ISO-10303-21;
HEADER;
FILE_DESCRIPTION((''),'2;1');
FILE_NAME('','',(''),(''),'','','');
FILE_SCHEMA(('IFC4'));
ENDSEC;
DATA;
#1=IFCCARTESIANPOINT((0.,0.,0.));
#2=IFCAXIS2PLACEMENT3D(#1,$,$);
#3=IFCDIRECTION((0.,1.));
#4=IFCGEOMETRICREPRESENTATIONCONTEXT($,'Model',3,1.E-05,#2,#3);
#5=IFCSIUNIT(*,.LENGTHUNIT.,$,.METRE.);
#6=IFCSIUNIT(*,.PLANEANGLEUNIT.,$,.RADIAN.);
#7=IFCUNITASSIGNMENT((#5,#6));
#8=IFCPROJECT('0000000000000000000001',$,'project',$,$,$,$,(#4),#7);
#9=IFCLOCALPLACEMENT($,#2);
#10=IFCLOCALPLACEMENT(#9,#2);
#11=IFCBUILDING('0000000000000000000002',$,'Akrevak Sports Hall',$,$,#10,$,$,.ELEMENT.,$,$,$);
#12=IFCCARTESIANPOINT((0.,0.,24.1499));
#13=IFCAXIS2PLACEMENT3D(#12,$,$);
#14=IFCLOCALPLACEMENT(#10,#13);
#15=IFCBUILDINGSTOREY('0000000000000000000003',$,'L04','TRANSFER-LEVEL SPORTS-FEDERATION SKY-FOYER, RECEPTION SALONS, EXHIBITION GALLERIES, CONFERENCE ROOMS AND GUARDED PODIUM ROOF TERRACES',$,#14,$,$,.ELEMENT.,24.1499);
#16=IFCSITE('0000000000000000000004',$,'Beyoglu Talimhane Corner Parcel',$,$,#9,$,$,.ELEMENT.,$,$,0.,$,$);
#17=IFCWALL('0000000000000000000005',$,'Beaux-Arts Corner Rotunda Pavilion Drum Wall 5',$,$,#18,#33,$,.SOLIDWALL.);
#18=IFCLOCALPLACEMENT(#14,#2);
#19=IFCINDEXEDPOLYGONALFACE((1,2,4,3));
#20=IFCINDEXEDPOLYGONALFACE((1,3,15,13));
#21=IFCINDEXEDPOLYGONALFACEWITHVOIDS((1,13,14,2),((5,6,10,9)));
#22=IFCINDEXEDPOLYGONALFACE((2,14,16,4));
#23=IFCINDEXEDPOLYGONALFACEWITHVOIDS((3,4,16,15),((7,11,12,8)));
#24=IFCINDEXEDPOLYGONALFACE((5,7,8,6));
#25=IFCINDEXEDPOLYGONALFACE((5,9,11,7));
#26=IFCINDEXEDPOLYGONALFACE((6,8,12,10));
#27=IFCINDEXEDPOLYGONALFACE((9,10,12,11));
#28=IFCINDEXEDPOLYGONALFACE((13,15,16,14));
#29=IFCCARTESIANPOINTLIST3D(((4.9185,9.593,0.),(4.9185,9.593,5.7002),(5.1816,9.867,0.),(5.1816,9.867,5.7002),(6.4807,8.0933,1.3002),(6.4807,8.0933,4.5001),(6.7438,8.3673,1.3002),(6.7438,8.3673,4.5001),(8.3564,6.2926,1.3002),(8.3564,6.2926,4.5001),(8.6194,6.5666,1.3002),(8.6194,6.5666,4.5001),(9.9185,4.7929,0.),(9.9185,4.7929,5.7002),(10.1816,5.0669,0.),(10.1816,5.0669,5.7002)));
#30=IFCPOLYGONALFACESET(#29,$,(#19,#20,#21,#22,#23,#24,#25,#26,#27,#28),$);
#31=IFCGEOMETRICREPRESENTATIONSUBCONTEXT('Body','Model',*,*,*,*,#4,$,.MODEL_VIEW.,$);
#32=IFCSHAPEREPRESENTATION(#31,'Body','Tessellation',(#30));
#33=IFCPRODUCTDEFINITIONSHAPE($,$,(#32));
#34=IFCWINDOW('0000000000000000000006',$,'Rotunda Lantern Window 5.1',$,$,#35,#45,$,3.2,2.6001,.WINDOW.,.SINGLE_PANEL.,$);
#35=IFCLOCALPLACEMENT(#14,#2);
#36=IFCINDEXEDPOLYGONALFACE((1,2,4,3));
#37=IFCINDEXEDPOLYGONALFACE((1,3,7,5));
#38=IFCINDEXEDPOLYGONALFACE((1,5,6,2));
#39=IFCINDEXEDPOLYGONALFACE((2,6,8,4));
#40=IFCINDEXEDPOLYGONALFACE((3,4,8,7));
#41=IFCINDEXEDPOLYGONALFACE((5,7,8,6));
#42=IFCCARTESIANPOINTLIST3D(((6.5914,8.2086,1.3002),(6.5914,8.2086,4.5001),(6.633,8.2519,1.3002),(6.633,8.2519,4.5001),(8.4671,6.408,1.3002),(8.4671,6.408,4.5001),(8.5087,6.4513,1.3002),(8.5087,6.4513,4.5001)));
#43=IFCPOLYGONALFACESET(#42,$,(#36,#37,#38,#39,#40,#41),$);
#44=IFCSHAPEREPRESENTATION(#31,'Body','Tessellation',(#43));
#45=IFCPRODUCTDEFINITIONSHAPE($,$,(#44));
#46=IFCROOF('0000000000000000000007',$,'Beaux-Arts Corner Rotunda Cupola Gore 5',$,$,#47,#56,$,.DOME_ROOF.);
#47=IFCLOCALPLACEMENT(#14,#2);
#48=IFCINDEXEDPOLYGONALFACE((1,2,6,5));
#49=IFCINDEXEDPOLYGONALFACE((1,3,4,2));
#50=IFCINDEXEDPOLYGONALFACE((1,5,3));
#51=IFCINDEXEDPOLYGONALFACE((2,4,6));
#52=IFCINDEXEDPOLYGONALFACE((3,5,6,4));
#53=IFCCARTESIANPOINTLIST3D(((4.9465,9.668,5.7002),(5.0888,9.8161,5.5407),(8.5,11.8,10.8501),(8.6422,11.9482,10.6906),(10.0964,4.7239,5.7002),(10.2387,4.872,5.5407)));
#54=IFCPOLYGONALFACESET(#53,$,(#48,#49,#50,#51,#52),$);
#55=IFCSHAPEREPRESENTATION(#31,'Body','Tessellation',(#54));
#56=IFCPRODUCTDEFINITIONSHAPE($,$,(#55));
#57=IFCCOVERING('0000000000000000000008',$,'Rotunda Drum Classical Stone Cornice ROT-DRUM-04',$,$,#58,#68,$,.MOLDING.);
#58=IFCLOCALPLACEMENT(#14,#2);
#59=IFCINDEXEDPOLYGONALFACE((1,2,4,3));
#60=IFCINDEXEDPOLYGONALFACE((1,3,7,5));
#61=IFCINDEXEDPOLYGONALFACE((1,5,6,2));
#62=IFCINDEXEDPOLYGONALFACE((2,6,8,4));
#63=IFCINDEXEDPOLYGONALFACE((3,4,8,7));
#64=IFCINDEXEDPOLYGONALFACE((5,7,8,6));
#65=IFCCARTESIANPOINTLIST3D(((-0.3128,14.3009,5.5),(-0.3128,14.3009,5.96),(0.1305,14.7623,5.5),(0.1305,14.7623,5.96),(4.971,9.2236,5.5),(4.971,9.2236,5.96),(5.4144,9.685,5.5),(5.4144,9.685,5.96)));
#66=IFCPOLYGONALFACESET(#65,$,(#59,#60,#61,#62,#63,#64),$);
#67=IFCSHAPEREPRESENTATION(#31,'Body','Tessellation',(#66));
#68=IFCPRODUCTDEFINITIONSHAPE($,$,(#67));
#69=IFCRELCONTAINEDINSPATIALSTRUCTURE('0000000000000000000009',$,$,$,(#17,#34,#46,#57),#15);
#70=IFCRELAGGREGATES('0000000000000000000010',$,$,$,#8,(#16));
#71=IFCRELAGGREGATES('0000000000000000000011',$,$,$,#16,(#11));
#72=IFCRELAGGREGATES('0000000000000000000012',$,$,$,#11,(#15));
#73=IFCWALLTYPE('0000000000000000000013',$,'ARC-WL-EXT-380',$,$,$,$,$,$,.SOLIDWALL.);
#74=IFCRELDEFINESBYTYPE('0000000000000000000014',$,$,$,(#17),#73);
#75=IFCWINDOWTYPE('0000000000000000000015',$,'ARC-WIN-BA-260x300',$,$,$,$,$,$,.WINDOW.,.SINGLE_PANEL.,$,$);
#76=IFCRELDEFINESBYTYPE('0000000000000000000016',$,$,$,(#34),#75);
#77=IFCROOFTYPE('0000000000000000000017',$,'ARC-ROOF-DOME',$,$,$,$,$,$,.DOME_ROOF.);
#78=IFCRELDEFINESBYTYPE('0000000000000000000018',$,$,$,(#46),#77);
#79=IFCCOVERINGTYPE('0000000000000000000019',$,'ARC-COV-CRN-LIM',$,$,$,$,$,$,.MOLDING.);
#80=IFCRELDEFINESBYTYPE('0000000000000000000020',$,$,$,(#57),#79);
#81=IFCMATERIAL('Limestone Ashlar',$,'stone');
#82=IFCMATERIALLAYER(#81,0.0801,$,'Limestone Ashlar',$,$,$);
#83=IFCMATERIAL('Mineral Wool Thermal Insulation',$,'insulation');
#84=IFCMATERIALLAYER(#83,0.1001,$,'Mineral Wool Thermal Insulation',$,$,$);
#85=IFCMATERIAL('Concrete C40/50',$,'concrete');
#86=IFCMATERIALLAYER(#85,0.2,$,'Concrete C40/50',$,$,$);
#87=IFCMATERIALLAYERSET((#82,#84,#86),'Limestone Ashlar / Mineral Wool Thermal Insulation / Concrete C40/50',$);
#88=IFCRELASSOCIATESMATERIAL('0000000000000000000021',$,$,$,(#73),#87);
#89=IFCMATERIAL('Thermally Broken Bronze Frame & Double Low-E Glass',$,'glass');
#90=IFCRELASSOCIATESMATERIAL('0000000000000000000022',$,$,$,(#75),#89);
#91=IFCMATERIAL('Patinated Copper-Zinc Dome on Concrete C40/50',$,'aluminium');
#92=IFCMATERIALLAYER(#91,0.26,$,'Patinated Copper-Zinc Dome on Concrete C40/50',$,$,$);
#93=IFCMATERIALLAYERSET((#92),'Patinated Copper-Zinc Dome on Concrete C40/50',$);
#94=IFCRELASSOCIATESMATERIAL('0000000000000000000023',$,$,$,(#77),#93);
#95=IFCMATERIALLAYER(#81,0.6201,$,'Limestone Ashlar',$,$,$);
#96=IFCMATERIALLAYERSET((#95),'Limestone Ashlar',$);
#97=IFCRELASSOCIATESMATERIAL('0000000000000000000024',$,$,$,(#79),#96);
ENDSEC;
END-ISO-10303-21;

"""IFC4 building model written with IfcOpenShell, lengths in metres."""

from ifc_helpers import new_model, si_unit, direction, frame, frame_2d, origin, origin_2d, place, context, subcontext, project, spatial, polyline, rectangle, outline, extrude, material, layer, layer_set, type_object, element, fill, save


model = new_model("IFC4")

# Units and contexts
model_context = context("Model", 3, precision=1e-05, world=origin(), true_north=direction((0.0, 1.0)))
body_context = subcontext(model_context, "Body", "Model", "MODEL_VIEW")
ifc_project = project(units=[si_unit("LENGTHUNIT", "METRE"), si_unit("PLANEANGLEUNIT", "RADIAN")], contexts=[model_context])

# Site, building, storey
site_placement = place(None, origin())
site = spatial("IfcSite", under=ifc_project, at=site_placement, Name="Beyoglu Talimhane Corner Parcel", CompositionType="ELEMENT", RefElevation=0.0)
building_placement = place(site_placement, origin())
building = spatial("IfcBuilding", under=site, at=building_placement, Name="Akrevak Sports Hall", CompositionType="ELEMENT")
storey_placement = place(building_placement, frame((0.0, 0.0, 24.1499)))
storey = spatial("IfcBuildingStorey", under=building, at=storey_placement, Name="L04", Description="TRANSFER-LEVEL SPORTS-FEDERATION SKY-FOYER, RECEPTION SALONS, EXHIBITION GALLERIES, CONFERENCE ROOMS AND GUARDED PODIUM ROOF TERRACES", CompositionType="ELEMENT", Elevation=24.1499)

# Shared definitions
ifc_material_1 = material(Name="Concrete C40/50", Category="concrete")

# Wall, opening, window
ifc_material_2 = material(Name="Limestone Ashlar", Category="stone")
ifc_layer_1 = layer(ifc_material_2, 0.0801, Name="Limestone Ashlar")
ifc_material_3 = material(Name="Mineral Wool Thermal Insulation", Category="insulation")
ifc_layer_2 = layer(ifc_material_3, 0.1001, Name="Mineral Wool Thermal Insulation")
ifc_layer_3 = layer(ifc_material_1, 0.2, Name="Concrete C40/50")
ifc_layer_set_1 = layer_set([ifc_layer_1, ifc_layer_2, ifc_layer_3], Name="Limestone Ashlar / Mineral Wool Thermal Insulation / Concrete C40/50")
wall_type = type_object("IfcWallType", Name="ARC-WL-EXT-380", PredefinedType="SOLIDWALL", material=ifc_layer_set_1)
wall_placement = place(storey_placement, frame((5.05, 9.73, 0.0), z_axis=(0.0, 0.0, 1.0), x_axis=(0.721384, -0.692535, 0.0)))
wall = element("IfcWall", 1, at=wall_placement, inside=storey, type_object=wall_type, Name="Beaux-Arts Corner Rotunda Pavilion Drum Wall 5", PredefinedType="SOLIDWALL", context=body_context, shape_type="SweptSolid", body=[
    extrude(rectangle(XDim=6.9312, YDim=0.3799, at=frame_2d((3.4656, 0.0))), origin(), (0.0, 0.0, 1.0), 5.7002),
])
opening_placement = place(wall_placement, frame((2.1655, 0.0, 1.3)))
opening = element("IfcOpeningElement", 2, at=opening_placement, cuts=wall, PredefinedType="OPENING", context=body_context, shape_type="SweptSolid", body=[
    extrude(rectangle(XDim=2.6001, YDim=3.2, at=frame_2d((1.3, 1.6001))), frame((0.0, 0.2019, 0.0), z_axis=(0.0, -1.0, 0.0), x_axis=(1.0, 0.0, 0.0)), (0.0, 0.0, 1.0), 0.4038),
])
ifc_material_4 = material(Name="Thermally Broken Bronze Frame & Double Low-E Glass", Category="glass")
window_type = type_object("IfcWindowType", Name="ARC-WIN-BA-260x300", PartitioningType="SINGLE_PANEL", PredefinedType="WINDOW", material=ifc_material_4)
window_placement = place(opening_placement, origin())
window = element("IfcWindow", 3, at=window_placement, inside=storey, type_object=window_type, Name="Rotunda Lantern Window 5.1", OverallHeight=3.2, OverallWidth=2.6001, PartitioningType="SINGLE_PANEL", PredefinedType="WINDOW", context=body_context, shape_type="SweptSolid", body=[
    extrude(rectangle(XDim=2.6001, YDim=3.2, at=frame_2d((1.3, 1.6001))), frame((0.0, 0.03, 0.0), z_axis=(0.0, -1.0, 0.0), x_axis=(1.0, 0.0, 0.0)), (0.0, 0.0, 1.0), 0.0601),
])
fill(opening, window)

# Roof
ifc_material_5 = material(Name="Patinated Copper-Zinc Dome on Concrete C40/50", Category="aluminium")
ifc_layer_4 = layer(ifc_material_5, 0.26, Name="Patinated Copper-Zinc Dome on Concrete C40/50")
ifc_layer_set_2 = layer_set([ifc_layer_4], Name="Patinated Copper-Zinc Dome on Concrete C40/50")
roof_type = type_object("IfcRoofType", Name="ARC-ROOF-DOME", PredefinedType="DOME_ROOF", material=ifc_layer_set_2)
roof_placement = place(storey_placement, frame((4.9465, 9.668, 5.7002), z_axis=(-0.546997, -0.569768, 0.613318), x_axis=(0.721374, -0.692545, 0.0)))
element("IfcRoof", 4, at=roof_placement, inside=storey, type_object=roof_type, Name="Beaux-Arts Corner Rotunda Cupola Gore 5", PredefinedType="DOME_ROOF", context=body_context, shape_type="SweptSolid", body=[
    extrude(outline(polyline([(0.0, 0.0), (7.139, 0.0), (1.0868, 6.5202), (0.0, 0.0)])), origin(), (0.0, 0.0, -1.0), 0.26),
])

# Covering
ifc_layer_5 = layer(ifc_material_2, 0.6201, Name="Limestone Ashlar")
ifc_layer_set_3 = layer_set([ifc_layer_5], Name="Limestone Ashlar")
covering_type = type_object("IfcCoveringType", Name="ARC-COV-CRN-LIM", PredefinedType="MOLDING", material=ifc_layer_set_3)
covering_placement = place(storey_placement, frame((2.5508, 11.9929, 5.5), z_axis=(0.0, 0.0, 1.0), x_axis=(0.721059, -0.692873, 0.0)))
element("IfcCovering", 5, at=covering_placement, inside=storey, type_object=covering_type, Name="Rotunda Drum Classical Stone Cornice ROT-DRUM-04", PredefinedType="MOLDING", context=body_context, shape_type="SweptSolid", body=[
    extrude(rectangle(XDim=7.3279, YDim=0.6399, at=origin_2d()), origin(), (0.0, 0.0, 1.0), 0.46),
])

save(model, "model.ifc")
